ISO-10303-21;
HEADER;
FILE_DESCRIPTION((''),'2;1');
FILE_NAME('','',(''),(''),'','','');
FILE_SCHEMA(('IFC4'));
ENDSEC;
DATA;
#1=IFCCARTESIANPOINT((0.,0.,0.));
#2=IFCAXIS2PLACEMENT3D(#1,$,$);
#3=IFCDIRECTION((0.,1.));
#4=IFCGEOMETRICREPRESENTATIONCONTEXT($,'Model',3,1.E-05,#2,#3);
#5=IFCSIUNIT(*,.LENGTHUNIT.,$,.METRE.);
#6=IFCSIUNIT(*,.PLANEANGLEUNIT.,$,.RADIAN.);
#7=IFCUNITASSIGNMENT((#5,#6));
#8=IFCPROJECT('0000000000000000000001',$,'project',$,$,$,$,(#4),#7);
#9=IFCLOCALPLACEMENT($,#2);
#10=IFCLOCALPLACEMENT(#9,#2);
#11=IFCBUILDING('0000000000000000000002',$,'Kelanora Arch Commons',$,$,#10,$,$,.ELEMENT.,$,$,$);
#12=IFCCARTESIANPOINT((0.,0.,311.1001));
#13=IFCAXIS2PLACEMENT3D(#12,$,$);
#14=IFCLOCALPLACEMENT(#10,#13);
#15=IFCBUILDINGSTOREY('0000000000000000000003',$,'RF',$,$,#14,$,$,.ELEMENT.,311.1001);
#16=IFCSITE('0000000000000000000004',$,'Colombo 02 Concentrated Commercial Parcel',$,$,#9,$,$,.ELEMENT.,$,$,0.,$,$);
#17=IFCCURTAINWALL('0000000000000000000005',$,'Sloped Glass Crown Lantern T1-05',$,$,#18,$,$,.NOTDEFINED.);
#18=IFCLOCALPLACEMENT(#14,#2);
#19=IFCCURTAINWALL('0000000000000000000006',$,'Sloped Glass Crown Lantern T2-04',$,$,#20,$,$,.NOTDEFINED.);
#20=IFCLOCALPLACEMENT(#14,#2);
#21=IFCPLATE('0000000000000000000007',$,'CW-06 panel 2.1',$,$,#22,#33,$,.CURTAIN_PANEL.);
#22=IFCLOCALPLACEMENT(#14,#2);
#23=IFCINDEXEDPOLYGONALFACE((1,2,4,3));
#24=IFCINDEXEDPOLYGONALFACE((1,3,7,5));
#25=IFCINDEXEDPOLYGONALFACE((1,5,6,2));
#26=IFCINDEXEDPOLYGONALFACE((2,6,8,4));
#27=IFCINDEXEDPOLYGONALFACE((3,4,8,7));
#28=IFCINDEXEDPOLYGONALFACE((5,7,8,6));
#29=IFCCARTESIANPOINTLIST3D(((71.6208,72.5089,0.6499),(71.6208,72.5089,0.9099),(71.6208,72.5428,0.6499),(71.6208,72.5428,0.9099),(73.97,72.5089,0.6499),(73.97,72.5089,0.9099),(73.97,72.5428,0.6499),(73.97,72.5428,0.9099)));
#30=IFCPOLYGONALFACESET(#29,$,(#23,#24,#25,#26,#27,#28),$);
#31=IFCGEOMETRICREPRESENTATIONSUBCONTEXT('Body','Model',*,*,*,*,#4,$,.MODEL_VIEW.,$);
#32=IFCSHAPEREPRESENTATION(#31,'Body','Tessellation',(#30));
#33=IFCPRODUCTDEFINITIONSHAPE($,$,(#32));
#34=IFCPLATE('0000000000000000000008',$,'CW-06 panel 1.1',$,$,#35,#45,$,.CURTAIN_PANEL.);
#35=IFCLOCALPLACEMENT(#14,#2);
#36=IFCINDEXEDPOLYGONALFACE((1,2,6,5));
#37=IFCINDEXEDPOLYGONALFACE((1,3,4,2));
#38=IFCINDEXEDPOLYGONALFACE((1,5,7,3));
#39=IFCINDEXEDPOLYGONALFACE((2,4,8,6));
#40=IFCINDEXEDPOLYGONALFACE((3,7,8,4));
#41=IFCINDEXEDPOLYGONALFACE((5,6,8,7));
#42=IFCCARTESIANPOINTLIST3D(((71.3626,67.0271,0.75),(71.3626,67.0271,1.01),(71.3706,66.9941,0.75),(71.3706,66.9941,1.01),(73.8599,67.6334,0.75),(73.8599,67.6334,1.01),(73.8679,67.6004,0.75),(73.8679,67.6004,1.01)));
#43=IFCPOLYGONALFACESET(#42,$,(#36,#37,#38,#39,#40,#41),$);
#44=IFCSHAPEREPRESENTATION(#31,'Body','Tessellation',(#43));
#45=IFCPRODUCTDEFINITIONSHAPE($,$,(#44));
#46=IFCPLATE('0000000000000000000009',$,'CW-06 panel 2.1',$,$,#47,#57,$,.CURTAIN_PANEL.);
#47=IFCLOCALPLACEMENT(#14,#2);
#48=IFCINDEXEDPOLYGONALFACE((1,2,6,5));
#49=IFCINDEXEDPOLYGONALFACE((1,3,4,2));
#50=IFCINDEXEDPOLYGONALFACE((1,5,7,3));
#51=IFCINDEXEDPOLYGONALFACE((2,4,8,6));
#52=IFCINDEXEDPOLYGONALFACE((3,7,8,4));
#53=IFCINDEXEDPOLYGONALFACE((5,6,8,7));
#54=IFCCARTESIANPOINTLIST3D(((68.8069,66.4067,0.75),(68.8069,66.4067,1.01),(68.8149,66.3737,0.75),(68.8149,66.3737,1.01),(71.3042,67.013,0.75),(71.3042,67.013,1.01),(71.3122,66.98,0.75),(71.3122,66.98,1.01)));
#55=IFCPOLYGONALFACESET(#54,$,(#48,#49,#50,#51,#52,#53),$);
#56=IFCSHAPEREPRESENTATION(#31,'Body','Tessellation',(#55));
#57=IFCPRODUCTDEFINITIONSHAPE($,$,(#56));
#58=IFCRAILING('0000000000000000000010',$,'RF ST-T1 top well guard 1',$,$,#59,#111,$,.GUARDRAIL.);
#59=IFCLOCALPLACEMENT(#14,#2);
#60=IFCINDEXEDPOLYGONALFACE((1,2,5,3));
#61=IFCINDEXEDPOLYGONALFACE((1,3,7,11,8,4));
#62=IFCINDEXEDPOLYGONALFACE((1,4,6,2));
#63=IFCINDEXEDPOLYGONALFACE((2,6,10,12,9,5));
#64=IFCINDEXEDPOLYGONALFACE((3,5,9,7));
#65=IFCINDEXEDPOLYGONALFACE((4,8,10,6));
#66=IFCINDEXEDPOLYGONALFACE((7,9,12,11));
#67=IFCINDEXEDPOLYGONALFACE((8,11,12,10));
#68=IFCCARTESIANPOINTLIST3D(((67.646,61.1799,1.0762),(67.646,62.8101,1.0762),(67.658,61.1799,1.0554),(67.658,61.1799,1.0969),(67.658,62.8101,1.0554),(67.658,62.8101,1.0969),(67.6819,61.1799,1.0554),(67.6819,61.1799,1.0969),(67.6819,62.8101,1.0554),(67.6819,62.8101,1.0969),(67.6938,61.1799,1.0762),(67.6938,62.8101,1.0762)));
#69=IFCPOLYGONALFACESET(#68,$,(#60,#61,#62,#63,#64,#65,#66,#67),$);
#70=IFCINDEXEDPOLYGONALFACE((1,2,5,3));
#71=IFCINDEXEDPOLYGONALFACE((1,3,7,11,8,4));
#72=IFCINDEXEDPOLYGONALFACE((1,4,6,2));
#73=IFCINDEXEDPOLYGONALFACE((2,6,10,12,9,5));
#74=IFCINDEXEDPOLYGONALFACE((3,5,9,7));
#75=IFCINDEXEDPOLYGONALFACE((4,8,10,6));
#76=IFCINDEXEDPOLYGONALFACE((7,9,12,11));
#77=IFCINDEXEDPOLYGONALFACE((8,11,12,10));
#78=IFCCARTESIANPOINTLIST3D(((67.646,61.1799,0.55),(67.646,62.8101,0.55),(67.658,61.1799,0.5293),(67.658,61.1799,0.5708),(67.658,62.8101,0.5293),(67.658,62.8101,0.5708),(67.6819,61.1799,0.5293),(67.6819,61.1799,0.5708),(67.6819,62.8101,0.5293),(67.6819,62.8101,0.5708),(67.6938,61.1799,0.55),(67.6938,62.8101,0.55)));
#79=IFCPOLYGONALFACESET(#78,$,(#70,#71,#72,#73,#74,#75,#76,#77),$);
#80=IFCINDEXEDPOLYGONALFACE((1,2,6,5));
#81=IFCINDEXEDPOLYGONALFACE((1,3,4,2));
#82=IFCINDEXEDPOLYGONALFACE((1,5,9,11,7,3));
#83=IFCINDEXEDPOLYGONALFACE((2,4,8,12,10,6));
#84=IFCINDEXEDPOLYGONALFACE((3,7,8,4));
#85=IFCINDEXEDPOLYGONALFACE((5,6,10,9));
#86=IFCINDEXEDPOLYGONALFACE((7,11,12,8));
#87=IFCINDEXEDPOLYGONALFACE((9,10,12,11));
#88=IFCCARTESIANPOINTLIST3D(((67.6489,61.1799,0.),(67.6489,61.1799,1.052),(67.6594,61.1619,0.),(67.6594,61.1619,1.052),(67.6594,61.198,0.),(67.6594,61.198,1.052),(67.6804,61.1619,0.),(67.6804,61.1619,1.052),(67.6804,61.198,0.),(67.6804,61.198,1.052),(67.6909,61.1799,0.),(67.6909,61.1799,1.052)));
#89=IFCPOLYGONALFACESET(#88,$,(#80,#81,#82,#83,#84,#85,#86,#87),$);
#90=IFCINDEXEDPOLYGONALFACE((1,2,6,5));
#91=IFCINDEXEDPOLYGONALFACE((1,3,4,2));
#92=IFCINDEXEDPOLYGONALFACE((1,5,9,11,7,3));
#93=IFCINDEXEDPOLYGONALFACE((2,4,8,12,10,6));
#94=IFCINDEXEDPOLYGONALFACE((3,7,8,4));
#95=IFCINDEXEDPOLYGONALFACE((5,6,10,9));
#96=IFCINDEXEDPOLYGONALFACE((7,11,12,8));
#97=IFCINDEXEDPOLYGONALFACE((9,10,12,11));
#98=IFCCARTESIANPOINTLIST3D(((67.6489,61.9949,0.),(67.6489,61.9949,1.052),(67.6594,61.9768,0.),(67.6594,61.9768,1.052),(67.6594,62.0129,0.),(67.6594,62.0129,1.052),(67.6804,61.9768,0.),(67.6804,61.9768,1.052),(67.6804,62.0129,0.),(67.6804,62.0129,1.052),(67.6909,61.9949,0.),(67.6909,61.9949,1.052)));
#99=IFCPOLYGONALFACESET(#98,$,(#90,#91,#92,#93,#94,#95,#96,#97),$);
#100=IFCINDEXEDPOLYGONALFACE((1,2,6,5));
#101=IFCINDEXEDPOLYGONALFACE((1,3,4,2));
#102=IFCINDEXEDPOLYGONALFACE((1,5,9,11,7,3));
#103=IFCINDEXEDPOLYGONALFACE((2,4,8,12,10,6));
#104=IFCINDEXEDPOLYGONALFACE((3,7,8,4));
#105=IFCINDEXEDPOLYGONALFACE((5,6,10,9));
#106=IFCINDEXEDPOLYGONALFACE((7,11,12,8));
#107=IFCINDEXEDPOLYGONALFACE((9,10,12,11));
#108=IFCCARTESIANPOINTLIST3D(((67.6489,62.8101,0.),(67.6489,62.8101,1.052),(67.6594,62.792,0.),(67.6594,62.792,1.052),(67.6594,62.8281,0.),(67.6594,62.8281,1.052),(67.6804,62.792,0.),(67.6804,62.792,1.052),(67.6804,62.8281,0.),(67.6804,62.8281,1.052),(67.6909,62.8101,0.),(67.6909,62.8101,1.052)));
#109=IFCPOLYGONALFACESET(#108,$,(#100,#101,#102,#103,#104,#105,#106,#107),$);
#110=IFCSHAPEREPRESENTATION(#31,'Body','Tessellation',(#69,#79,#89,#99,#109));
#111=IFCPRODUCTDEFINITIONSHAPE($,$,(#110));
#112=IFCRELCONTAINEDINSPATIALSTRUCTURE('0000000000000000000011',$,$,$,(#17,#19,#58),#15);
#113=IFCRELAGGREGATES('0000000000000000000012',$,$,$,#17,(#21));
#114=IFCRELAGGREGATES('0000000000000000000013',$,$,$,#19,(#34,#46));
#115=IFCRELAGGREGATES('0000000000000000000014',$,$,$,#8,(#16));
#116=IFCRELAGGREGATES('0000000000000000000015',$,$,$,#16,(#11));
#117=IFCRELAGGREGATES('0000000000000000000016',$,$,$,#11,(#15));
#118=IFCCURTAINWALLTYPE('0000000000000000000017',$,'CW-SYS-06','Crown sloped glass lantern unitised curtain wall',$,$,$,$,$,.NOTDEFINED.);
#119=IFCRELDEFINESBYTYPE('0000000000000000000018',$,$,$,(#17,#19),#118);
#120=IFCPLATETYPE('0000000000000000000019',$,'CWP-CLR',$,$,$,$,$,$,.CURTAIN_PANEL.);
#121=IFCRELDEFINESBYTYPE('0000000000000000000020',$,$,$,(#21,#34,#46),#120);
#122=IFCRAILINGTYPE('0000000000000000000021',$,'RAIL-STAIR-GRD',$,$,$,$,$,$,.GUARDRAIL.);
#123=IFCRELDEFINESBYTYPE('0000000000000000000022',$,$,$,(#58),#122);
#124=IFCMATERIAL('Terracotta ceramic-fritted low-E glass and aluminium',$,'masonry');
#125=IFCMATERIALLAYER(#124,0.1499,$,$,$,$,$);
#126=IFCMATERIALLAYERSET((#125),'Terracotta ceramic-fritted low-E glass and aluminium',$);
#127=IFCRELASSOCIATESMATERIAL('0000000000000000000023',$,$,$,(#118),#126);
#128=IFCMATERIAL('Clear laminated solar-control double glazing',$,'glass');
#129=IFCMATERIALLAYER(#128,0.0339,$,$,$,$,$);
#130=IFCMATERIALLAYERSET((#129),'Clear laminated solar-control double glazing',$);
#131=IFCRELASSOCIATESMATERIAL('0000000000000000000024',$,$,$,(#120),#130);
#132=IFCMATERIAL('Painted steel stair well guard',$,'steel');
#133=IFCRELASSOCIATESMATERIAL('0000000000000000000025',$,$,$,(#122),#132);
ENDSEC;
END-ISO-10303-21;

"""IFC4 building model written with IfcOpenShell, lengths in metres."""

from ifc_helpers import new_model, si_unit, direction, frame, origin, origin_2d, place, context, subcontext, project, spatial, polyline, rectangle, outline, extrude, source, transform, mapped, material, layer, layer_set, type_object, element, aggregate, save


model = new_model("IFC4")

# Units and contexts
model_context = context("Model", 3, precision=1e-05, world=origin(), true_north=direction((0.0, 1.0)))
body_context = subcontext(model_context, "Body", "Model", "MODEL_VIEW")
ifc_project = project(units=[si_unit("LENGTHUNIT", "METRE"), si_unit("PLANEANGLEUNIT", "RADIAN")], contexts=[model_context])

# Site, building, storey
site_placement = place(None, origin())
site = spatial("IfcSite", under=ifc_project, at=site_placement, Name="Colombo 02 Concentrated Commercial Parcel", CompositionType="ELEMENT", RefElevation=0.0)
building_placement = place(site_placement, origin())
building = spatial("IfcBuilding", under=site, at=building_placement, Name="Kelanora Arch Commons", CompositionType="ELEMENT")
storey_placement = place(building_placement, frame((0.0, 0.0, 311.1001)))
storey = spatial("IfcBuildingStorey", under=building, at=storey_placement, Name="RF", CompositionType="ELEMENT", Elevation=311.1001)

# Curtain wall
ifc_material_1 = material(Name="Terracotta ceramic-fritted low-E glass and aluminium", Category="masonry")
ifc_layer_1 = layer(ifc_material_1, 0.1499)
ifc_layer_set_1 = layer_set([ifc_layer_1], Name="Terracotta ceramic-fritted low-E glass and aluminium")
curtain_wall_type = type_object("IfcCurtainWallType", Name="CW-SYS-06", Description="Crown sloped glass lantern unitised curtain wall", PredefinedType="NOTDEFINED", material=ifc_layer_set_1)
curtain_wall_1_placement = place(storey_placement, origin())
curtain_wall_1 = element("IfcCurtainWall", 1, at=curtain_wall_1_placement, inside=storey, type_object=curtain_wall_type, Name="Sloped Glass Crown Lantern T1-05", PredefinedType="NOTDEFINED")

# Curtain wall
curtain_wall_2_placement = place(storey_placement, origin())
curtain_wall_2 = element("IfcCurtainWall", 2, at=curtain_wall_2_placement, inside=storey, type_object=curtain_wall_type, Name="Sloped Glass Crown Lantern T2-04", PredefinedType="NOTDEFINED")

# Plates
ifc_material_2 = material(Name="Clear laminated solar-control double glazing", Category="glass")
ifc_layer_2 = layer(ifc_material_2, 0.0339)
ifc_layer_set_2 = layer_set([ifc_layer_2], Name="Clear laminated solar-control double glazing")
plate_type = type_object("IfcPlateType", Name="CWP-CLR", PredefinedType="CURTAIN_PANEL", material=ifc_layer_set_2)
shared_shape_1 = source(origin(), body_context, "Body", "SweptSolid", [
    extrude(rectangle(XDim=2.3491, YDim=0.0339, at=origin_2d()), origin(), (0.0, 0.0, 1.0), 0.26),
])
plate_1_placement = place(storey_placement, frame((72.7954, 72.5259, 0.6499), z_axis=(0.0, 0.0, 1.0), x_axis=(-1.0, 0.0, 0.0)))
plate_1 = element("IfcPlate", 3, at=plate_1_placement, type_object=plate_type, Name="CW-06 panel 2.1", PredefinedType="CURTAIN_PANEL", context=body_context, shape_type="MappedRepresentation", body=[
    mapped(shared_shape_1, transform((0.0, 0.0, 0.0), scale=1.0)),
])
aggregate(curtain_wall_1, [plate_1])
shared_shape_2 = source(origin(), body_context, "Body", "SweptSolid", [
    extrude(rectangle(XDim=2.5698, YDim=0.0339, at=origin_2d()), origin(), (0.0, 0.0, 1.0), 0.26),
])
plate_2_placement = place(storey_placement, frame((72.6152, 67.3137, 0.75), z_axis=(0.0, 0.0, 1.0), x_axis=(-0.97177, -0.235931, 0.0)))
plate_2 = element("IfcPlate", 4, at=plate_2_placement, type_object=plate_type, Name="CW-06 panel 1.1", PredefinedType="CURTAIN_PANEL", context=body_context, shape_type="MappedRepresentation", body=[
    mapped(shared_shape_2, transform((0.0, 0.0, 0.0), scale=1.0)),
])
plate_3_placement = place(storey_placement, frame((70.0596, 66.6934, 0.75), z_axis=(0.0, 0.0, 1.0), x_axis=(-0.97177, -0.235931, 0.0)))
plate_3 = element("IfcPlate", 5, at=plate_3_placement, type_object=plate_type, Name="CW-06 panel 2.1", PredefinedType="CURTAIN_PANEL", context=body_context, shape_type="MappedRepresentation", body=[
    mapped(shared_shape_2, transform((0.0, 0.0, 0.0), scale=1.0)),
])
aggregate(curtain_wall_2, [plate_2, plate_3])

# Railing
ifc_material_3 = material(Name="Painted steel stair well guard", Category="steel")
railing_type = type_object("IfcRailingType", Name="RAIL-STAIR-GRD", PredefinedType="GUARDRAIL", material=ifc_material_3)
railing_1_placement = place(storey_placement, frame((67.6699, 61.1799, 0.0)))
element("IfcRailing", 6, at=railing_1_placement, inside=storey, type_object=railing_type, Name="RF ST-T1 top well guard 1", PredefinedType="GUARDRAIL", context=body_context, shape_type="SweptSolid", body=[
    extrude(outline(polyline([(0.0239, 0.0), (0.012, 0.0208), (-0.012, 0.0208), (-0.0239, 0.0), (-0.012, -0.0208), (0.012, -0.0208), (0.0239, 0.0)])), frame((0.0, 0.0, 1.0762), z_axis=(0.0, 1.0, 0.0), x_axis=(-1.0, 0.0, 0.0)), (0.0, 0.0, 1.0), 1.6301),
    extrude(outline(polyline([(0.0239, 0.0), (0.012, 0.0208), (-0.012, 0.0208), (-0.0239, 0.0), (-0.012, -0.0208), (0.012, -0.0208), (0.0239, 0.0)])), frame((0.0, 0.0, 0.55), z_axis=(0.0, 1.0, 0.0), x_axis=(-1.0, 0.0, 0.0)), (0.0, 0.0, 1.0), 1.6301),
    extrude(outline(polyline([(0.021, 0.0), (0.0105, 0.0181), (-0.0105, 0.0181), (-0.021, 0.0), (-0.0105, -0.0181), (0.0105, -0.0181), (0.021, 0.0)])), origin(), (0.0, 0.0, 1.0), 1.052),
    extrude(outline(polyline([(0.021, 0.0), (0.0105, 0.0181), (-0.0105, 0.0181), (-0.021, 0.0), (-0.0105, -0.0181), (0.0105, -0.0181), (0.021, 0.0)])), frame((0.0, 0.8149, 0.0)), (0.0, 0.0, 1.0), 1.052),
    extrude(outline(polyline([(0.021, 0.0), (0.0105, 0.0181), (-0.0105, 0.0181), (-0.021, 0.0), (-0.0105, -0.0181), (0.0105, -0.0181), (0.021, 0.0)])), frame((0.0, 1.6301, 0.0)), (0.0, 0.0, 1.0), 1.052),
])

save(model, "model.ifc")
